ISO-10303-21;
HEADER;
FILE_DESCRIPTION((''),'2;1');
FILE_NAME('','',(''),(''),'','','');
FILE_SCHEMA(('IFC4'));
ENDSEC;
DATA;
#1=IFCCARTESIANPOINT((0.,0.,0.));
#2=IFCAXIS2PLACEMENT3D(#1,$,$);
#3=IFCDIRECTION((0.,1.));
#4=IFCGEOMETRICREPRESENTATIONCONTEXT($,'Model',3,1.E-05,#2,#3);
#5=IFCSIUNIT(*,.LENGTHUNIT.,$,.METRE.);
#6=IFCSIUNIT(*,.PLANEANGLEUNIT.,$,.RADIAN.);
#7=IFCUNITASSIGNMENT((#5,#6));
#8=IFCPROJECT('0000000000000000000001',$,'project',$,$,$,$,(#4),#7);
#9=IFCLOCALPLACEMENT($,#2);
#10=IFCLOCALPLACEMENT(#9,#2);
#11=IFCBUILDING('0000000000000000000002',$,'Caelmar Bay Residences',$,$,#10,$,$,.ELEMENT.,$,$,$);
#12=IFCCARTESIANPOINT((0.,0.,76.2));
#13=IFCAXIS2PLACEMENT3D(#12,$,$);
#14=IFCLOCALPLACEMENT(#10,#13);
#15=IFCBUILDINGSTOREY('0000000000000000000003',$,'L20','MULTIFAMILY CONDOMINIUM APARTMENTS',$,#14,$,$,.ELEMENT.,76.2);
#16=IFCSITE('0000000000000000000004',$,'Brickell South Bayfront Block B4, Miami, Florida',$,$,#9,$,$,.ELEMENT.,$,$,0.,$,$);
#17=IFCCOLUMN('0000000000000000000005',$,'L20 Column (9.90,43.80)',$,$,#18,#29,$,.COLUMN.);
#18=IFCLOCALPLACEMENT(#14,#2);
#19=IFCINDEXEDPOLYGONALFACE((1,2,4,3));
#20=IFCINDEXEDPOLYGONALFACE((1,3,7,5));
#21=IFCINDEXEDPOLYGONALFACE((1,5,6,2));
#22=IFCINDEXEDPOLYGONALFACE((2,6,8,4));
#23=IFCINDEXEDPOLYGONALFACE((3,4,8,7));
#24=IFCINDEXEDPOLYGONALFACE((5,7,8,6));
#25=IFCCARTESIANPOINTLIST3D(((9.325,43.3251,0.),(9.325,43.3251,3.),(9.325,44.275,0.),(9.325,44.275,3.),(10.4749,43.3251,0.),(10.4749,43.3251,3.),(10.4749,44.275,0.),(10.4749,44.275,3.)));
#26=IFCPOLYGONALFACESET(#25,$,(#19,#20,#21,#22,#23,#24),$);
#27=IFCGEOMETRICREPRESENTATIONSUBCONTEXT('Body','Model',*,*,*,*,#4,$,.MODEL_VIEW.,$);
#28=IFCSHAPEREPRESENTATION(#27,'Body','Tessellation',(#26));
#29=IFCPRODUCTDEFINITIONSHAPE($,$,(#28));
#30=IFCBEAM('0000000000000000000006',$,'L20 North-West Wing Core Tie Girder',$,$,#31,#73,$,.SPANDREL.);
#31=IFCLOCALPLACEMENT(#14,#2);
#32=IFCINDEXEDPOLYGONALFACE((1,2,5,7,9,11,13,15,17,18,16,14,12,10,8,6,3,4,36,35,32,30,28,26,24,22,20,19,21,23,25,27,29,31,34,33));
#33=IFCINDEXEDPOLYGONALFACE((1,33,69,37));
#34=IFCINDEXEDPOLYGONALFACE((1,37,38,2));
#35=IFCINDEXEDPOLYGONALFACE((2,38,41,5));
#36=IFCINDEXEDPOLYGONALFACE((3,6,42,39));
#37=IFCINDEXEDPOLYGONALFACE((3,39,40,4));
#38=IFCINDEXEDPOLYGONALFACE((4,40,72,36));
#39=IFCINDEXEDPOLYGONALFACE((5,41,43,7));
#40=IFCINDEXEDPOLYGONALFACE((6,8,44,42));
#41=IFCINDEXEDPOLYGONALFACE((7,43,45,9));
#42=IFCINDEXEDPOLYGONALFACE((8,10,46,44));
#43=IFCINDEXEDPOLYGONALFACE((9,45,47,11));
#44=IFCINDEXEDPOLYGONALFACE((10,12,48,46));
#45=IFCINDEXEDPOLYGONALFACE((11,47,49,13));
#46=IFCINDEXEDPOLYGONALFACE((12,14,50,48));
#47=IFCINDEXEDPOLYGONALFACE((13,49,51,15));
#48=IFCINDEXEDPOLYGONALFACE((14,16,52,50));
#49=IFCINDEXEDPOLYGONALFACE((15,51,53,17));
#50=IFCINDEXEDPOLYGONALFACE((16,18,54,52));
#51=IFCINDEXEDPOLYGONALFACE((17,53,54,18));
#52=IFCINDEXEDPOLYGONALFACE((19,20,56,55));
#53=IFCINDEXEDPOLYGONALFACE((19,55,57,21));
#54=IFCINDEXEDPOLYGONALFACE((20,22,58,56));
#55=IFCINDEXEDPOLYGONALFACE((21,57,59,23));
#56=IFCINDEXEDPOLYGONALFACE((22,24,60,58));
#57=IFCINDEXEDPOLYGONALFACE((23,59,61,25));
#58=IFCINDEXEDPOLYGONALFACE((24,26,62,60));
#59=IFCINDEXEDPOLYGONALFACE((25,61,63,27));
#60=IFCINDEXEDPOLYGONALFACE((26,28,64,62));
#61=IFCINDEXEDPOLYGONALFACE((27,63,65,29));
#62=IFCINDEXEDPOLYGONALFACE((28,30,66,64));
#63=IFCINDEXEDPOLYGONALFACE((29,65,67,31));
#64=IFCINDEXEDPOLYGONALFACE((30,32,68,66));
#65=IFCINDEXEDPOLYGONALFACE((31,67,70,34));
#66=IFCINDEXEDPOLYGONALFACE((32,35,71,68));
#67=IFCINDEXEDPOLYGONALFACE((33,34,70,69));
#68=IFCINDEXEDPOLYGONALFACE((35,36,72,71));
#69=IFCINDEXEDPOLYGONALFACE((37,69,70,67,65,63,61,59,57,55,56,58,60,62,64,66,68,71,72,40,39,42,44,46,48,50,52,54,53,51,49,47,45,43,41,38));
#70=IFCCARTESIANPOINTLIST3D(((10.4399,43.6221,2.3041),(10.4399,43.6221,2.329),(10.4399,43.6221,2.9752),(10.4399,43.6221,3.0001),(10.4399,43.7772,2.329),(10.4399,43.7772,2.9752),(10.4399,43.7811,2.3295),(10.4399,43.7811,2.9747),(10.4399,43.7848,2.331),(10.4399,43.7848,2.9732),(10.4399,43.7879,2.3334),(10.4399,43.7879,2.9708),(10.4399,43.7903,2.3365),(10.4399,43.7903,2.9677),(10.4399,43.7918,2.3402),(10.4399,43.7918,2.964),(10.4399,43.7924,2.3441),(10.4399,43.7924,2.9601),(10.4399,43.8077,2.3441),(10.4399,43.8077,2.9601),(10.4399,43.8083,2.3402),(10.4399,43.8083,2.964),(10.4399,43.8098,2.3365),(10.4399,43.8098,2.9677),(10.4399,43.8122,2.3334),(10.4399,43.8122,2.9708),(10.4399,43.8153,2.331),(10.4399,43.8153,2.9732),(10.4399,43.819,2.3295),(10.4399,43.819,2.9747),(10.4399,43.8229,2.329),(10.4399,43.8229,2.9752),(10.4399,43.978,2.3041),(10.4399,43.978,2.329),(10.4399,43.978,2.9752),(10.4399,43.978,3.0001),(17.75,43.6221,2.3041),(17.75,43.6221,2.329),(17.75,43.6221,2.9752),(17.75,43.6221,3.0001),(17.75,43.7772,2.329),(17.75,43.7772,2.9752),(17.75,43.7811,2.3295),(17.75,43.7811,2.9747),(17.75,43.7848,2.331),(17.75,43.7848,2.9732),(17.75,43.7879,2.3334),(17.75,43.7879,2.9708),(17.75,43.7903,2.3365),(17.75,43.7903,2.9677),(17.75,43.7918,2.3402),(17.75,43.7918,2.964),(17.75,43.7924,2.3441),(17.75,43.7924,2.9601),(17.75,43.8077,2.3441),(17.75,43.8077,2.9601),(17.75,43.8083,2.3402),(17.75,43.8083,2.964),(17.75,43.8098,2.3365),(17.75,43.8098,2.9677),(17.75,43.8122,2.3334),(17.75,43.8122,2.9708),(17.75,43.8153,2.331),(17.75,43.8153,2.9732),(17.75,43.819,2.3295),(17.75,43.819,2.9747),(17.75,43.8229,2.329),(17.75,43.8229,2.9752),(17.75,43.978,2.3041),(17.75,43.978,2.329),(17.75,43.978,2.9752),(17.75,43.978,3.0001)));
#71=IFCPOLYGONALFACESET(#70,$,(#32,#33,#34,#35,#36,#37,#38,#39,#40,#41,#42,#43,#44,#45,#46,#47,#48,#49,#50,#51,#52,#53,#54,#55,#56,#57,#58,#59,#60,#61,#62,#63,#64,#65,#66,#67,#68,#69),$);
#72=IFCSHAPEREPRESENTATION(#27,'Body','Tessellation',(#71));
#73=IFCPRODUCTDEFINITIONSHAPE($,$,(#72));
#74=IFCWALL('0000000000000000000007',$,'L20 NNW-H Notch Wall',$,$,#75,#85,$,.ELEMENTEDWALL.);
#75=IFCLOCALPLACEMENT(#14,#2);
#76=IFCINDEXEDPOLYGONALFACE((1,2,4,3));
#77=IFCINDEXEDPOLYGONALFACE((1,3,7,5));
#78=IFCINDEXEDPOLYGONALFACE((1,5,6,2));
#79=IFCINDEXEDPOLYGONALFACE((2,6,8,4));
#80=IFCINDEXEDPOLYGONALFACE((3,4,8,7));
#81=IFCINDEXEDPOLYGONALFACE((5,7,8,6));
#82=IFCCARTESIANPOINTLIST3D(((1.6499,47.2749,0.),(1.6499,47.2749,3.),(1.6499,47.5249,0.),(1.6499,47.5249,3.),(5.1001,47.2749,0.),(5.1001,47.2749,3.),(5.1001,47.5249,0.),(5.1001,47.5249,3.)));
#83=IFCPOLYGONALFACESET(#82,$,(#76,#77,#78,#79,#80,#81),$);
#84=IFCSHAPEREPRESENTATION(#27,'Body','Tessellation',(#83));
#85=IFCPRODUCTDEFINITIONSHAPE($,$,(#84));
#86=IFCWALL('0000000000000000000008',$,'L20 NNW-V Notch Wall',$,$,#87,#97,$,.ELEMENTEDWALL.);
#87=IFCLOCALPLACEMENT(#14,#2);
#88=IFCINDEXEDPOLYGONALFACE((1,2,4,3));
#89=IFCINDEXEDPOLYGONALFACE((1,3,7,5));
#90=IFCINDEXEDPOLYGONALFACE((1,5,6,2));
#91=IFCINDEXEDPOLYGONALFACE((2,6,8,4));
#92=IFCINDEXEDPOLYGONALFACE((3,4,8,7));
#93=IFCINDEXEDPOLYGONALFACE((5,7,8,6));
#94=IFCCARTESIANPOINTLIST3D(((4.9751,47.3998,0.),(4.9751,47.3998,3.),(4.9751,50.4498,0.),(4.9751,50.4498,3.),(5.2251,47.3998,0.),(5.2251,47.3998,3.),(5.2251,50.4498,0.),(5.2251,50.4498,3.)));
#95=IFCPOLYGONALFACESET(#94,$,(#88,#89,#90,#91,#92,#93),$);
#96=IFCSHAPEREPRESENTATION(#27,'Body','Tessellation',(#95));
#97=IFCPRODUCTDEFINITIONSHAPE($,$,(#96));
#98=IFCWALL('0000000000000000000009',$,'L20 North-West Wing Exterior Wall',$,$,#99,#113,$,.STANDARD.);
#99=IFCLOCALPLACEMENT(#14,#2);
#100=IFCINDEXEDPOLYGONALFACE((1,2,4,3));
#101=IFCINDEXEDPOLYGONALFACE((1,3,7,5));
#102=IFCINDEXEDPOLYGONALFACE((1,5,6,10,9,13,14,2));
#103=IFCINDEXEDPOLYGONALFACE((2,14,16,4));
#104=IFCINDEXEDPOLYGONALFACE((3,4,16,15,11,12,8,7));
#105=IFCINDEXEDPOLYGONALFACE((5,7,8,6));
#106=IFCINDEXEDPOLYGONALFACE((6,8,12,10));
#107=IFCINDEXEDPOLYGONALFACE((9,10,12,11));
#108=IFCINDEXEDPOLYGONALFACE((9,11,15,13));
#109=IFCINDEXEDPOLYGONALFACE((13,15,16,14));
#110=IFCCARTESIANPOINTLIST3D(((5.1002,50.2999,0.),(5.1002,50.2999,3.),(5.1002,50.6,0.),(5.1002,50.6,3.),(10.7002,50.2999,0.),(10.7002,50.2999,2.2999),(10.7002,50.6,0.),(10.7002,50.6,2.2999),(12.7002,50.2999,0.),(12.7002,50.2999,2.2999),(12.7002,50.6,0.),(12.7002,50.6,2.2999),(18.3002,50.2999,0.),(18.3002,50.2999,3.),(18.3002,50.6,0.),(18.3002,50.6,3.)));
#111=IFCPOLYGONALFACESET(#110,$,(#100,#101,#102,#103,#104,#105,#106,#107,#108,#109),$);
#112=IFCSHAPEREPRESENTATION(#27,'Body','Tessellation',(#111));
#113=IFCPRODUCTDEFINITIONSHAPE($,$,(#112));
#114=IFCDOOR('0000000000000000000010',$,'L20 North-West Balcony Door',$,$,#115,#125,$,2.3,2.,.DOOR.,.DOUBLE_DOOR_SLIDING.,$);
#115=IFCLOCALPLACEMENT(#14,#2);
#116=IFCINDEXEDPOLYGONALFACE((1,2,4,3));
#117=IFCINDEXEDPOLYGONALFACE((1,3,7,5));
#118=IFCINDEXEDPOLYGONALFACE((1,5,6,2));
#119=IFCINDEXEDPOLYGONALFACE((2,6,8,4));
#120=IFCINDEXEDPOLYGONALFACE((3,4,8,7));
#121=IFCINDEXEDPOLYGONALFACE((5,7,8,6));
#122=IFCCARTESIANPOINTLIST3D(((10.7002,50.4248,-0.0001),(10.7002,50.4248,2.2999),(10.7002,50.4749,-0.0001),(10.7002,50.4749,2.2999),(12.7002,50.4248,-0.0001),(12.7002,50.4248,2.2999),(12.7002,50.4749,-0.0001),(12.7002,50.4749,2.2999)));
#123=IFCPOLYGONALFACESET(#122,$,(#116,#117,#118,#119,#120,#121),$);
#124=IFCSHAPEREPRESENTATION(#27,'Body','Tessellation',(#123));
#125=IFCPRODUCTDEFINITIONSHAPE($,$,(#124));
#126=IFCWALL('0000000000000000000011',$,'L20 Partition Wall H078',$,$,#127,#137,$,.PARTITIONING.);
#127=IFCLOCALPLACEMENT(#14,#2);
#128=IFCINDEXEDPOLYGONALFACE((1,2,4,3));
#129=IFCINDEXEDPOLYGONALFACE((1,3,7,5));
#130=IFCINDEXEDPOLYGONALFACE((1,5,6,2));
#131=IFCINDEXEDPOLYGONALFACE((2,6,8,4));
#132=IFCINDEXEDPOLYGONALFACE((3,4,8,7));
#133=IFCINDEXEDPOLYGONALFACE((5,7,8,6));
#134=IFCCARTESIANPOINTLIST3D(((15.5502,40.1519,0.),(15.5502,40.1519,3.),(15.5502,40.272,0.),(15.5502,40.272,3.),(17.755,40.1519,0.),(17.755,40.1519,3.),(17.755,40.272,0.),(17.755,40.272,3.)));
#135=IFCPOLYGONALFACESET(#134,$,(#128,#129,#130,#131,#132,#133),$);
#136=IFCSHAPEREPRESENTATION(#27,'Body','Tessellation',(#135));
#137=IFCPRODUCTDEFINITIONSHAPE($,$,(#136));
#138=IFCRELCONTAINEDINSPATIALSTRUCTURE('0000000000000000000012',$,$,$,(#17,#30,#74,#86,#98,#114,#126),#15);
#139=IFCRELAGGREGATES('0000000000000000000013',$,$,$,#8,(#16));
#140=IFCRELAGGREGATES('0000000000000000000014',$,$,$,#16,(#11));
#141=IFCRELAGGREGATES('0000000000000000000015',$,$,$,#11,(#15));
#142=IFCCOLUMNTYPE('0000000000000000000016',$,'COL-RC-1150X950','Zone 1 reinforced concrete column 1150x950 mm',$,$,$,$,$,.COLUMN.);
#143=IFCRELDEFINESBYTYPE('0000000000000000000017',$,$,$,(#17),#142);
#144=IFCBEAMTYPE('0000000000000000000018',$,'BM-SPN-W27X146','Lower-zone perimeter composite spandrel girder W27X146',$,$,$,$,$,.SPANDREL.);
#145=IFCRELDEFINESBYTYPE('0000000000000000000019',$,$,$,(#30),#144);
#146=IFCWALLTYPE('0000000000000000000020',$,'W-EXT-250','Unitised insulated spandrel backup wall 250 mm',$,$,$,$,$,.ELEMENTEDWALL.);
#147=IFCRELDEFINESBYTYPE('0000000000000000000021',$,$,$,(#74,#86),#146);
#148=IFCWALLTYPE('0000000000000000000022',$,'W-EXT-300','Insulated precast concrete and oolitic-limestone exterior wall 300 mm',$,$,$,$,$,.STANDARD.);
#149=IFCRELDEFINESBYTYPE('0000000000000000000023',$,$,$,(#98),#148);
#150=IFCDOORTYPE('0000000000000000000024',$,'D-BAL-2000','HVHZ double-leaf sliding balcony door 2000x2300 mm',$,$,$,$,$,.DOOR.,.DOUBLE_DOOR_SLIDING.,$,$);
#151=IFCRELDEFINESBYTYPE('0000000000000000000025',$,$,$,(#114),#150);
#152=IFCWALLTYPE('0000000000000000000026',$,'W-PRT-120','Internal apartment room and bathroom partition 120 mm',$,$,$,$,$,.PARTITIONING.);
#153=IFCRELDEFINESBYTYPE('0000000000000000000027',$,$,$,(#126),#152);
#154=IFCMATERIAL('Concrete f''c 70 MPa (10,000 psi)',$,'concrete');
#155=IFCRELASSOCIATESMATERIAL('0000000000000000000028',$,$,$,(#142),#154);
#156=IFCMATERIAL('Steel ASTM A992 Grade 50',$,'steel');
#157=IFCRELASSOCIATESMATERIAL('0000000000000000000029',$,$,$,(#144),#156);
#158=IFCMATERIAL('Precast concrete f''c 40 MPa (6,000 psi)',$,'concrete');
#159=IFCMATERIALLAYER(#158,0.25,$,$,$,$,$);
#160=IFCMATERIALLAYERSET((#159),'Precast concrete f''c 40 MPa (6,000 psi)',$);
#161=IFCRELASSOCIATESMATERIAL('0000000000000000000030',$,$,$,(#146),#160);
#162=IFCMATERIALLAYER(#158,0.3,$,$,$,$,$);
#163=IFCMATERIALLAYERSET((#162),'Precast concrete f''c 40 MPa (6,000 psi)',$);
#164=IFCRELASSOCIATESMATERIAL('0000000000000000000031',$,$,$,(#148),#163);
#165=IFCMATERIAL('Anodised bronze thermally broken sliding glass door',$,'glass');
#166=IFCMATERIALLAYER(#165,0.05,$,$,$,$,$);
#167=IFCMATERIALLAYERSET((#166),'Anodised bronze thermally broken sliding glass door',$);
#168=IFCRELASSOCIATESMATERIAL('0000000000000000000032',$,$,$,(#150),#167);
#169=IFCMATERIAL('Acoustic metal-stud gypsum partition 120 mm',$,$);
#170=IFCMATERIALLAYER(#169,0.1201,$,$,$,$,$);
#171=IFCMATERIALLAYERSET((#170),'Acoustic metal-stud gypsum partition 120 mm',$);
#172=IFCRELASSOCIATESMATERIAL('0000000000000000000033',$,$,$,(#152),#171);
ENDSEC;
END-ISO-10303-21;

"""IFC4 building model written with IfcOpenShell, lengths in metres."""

from ifc_helpers import new_model, si_unit, direction, frame, frame_2d, origin, origin_2d, place, context, subcontext, project, spatial, rectangle, i_section, extrude, material, layer, layer_set, material_profile, profile_set, type_object, element, fill, save


model = new_model("IFC4")

# Units and contexts
model_context = context("Model", 3, precision=1e-05, world=origin(), true_north=direction((0.0, 1.0)))
body_context = subcontext(model_context, "Body", "Model", "MODEL_VIEW")
ifc_project = project(units=[si_unit("LENGTHUNIT", "METRE"), si_unit("PLANEANGLEUNIT", "RADIAN")], contexts=[model_context])

# Site, building, storey
site_placement = place(None, origin())
site = spatial("IfcSite", under=ifc_project, at=site_placement, Name="Brickell South Bayfront Block B4, Miami, Florida", CompositionType="ELEMENT", RefElevation=0.0)
building_placement = place(site_placement, origin())
building = spatial("IfcBuilding", under=site, at=building_placement, Name="Caelmar Bay Residences", CompositionType="ELEMENT")
storey_placement = place(building_placement, frame((0.0, 0.0, 76.2)))
storey = spatial("IfcBuildingStorey", under=building, at=storey_placement, Name="L20", Description="MULTIFAMILY CONDOMINIUM APARTMENTS", CompositionType="ELEMENT", Elevation=76.2)

# Column
ifc_material_1 = material(Name="Concrete f'c 70 MPa (10,000 psi)", Category="concrete")
ifc_material_profile_1 = material_profile(ifc_material_1, rectangle(XDim=1.1499, YDim=0.95, at=origin_2d()), Name="RC-COL-1150X950")
ifc_profile_set_1 = profile_set([ifc_material_profile_1], Name="Concrete f'c 70 MPa (10,000 psi)")
column_type = type_object("IfcColumnType", Name="COL-RC-1150X950", Description="Zone 1 reinforced concrete column 1150x950 mm", PredefinedType="COLUMN", material=ifc_profile_set_1)
column_placement = place(storey_placement, frame((9.8999, 43.8, 0.0), z_axis=(0.0, 0.0, 1.0), x_axis=(1.0, 0.0, 0.0)))
element("IfcColumn", 1, at=column_placement, inside=storey, type_object=column_type, Name="L20 Column (9.90,43.80)", PredefinedType="COLUMN", context=body_context, shape_type="SweptSolid", body=[
    extrude(rectangle(XDim=1.1499, YDim=0.95, at=origin_2d()), origin(), (0.0, 0.0, 1.0), 3.0),
])

# Beam
ifc_material_2 = material(Name="Steel ASTM A992 Grade 50", Category="steel")
ifc_material_profile_2 = material_profile(ifc_material_2, i_section(OverallWidth=0.356, OverallDepth=0.696, WebThickness=0.0154, FlangeThickness=0.0249, FilletRadius=0.0151, at=origin_2d()), Name="W27X146")
ifc_profile_set_2 = profile_set([ifc_material_profile_2], Name="Steel ASTM A992 Grade 50")
beam_type = type_object("IfcBeamType", Name="BM-SPN-W27X146", Description="Lower-zone perimeter composite spandrel girder W27X146", PredefinedType="SPANDREL", material=ifc_profile_set_2)
beam_placement = place(storey_placement, frame((10.4399, 43.8, 2.6521), z_axis=(1.0, 0.0, 0.0), x_axis=(0.0, 1.0, 0.0)))
element("IfcBeam", 2, at=beam_placement, inside=storey, type_object=beam_type, Name="L20 North-West Wing Core Tie Girder", PredefinedType="SPANDREL", context=body_context, shape_type="SweptSolid", body=[
    extrude(i_section(OverallWidth=0.356, OverallDepth=0.696, WebThickness=0.0154, FlangeThickness=0.0249, FilletRadius=0.0151, at=origin_2d()), origin(), (0.0, 0.0, 1.0), 7.3101),
])

# Walls
ifc_material_3 = material(Name="Precast concrete f'c 40 MPa (6,000 psi)", Category="concrete")
ifc_layer_1 = layer(ifc_material_3, 0.25)
ifc_layer_set_1 = layer_set([ifc_layer_1], Name="Precast concrete f'c 40 MPa (6,000 psi)")
wall_type_1 = type_object("IfcWallType", Name="W-EXT-250", Description="Unitised insulated spandrel backup wall 250 mm", PredefinedType="ELEMENTEDWALL", material=ifc_layer_set_1)
wall_1_placement = place(storey_placement, frame((1.6499, 47.3999, 0.0), z_axis=(0.0, 0.0, 1.0), x_axis=(1.0, 0.0, 0.0)))
element("IfcWall", 3, at=wall_1_placement, inside=storey, type_object=wall_type_1, Name="L20 NNW-H Notch Wall", PredefinedType="ELEMENTEDWALL", context=body_context, shape_type="SweptSolid", body=[
    extrude(rectangle(XDim=3.4502, YDim=0.25, at=frame_2d((1.7251, 0.0))), origin(), (0.0, 0.0, 1.0), 3.0),
])
wall_2_placement = place(storey_placement, frame((5.1001, 47.3999, 0.0), z_axis=(0.0, 0.0, 1.0), x_axis=(0.0, 1.0, 0.0)))
element("IfcWall", 4, at=wall_2_placement, inside=storey, type_object=wall_type_1, Name="L20 NNW-V Notch Wall", PredefinedType="ELEMENTEDWALL", context=body_context, shape_type="SweptSolid", body=[
    extrude(rectangle(XDim=3.05, YDim=0.25, at=frame_2d((1.5249, 0.0))), origin(), (0.0, 0.0, 1.0), 3.0),
])

# Wall, opening, door
ifc_layer_2 = layer(ifc_material_3, 0.3)
ifc_layer_set_2 = layer_set([ifc_layer_2], Name="Precast concrete f'c 40 MPa (6,000 psi)")
wall_type_2 = type_object("IfcWallType", Name="W-EXT-300", Description="Insulated precast concrete and oolitic-limestone exterior wall 300 mm", PredefinedType="STANDARD", material=ifc_layer_set_2)
wall_3_placement = place(storey_placement, frame((5.1001, 50.45, 0.0), z_axis=(0.0, 0.0, 1.0), x_axis=(1.0, 0.0, 0.0)))
wall_3 = element("IfcWall", 5, at=wall_3_placement, inside=storey, type_object=wall_type_2, Name="L20 North-West Wing Exterior Wall", PredefinedType="STANDARD", context=body_context, shape_type="SweptSolid", body=[
    extrude(rectangle(XDim=13.2, YDim=0.3, at=frame_2d((6.6001, 0.0))), origin(), (0.0, 0.0, 1.0), 3.0),
])
opening_1_placement = place(wall_3_placement, frame((5.6001, 0.0, 0.0)))
opening_1 = element("IfcOpeningElement", 6, at=opening_1_placement, cuts=wall_3, PredefinedType="OPENING", context=body_context, shape_type="SweptSolid", body=[
    extrude(rectangle(XDim=2.0, YDim=2.3, at=frame_2d((1.0, 1.1499))), frame((0.0, 0.1599, 0.0), z_axis=(0.0, -1.0, 0.0), x_axis=(1.0, 0.0, 0.0)), (0.0, 0.0, 1.0), 0.3201),
])
ifc_material_4 = material(Name="Anodised bronze thermally broken sliding glass door", Category="glass")
ifc_layer_3 = layer(ifc_material_4, 0.05)
ifc_layer_set_3 = layer_set([ifc_layer_3], Name="Anodised bronze thermally broken sliding glass door")
door_type_1 = type_object("IfcDoorType", Name="D-BAL-2000", Description="HVHZ double-leaf sliding balcony door 2000x2300 mm", OperationType="DOUBLE_DOOR_SLIDING", PredefinedType="DOOR", material=ifc_layer_set_3)
door_1_placement = place(opening_1_placement, origin())
door_1 = element("IfcDoor", 7, at=door_1_placement, inside=storey, type_object=door_type_1, Name="L20 North-West Balcony Door", OperationType="DOUBLE_DOOR_SLIDING", OverallHeight=2.3, OverallWidth=2.0, PredefinedType="DOOR", context=body_context, shape_type="SweptSolid", body=[
    extrude(rectangle(XDim=2.0, YDim=2.3, at=frame_2d((1.0, 1.1499))), frame((0.0, 0.0249, 0.0), z_axis=(0.0, -1.0, 0.0), x_axis=(1.0, 0.0, 0.0)), (0.0, 0.0, 1.0), 0.05),
])
fill(opening_1, door_1)

# Wall
ifc_material_5 = material(Name="Acoustic metal-stud gypsum partition 120 mm")
ifc_layer_4 = layer(ifc_material_5, 0.1201)
ifc_layer_set_4 = layer_set([ifc_layer_4], Name="Acoustic metal-stud gypsum partition 120 mm")
wall_type_3 = type_object("IfcWallType", Name="W-PRT-120", Description="Internal apartment room and bathroom partition 120 mm", PredefinedType="PARTITIONING", material=ifc_layer_set_4)
wall_4_placement = place(storey_placement, frame((15.55, 40.2119, 0.0), z_axis=(0.0, 0.0, 1.0), x_axis=(1.0, 0.0, 0.0)))
element("IfcWall", 8, at=wall_4_placement, inside=storey, type_object=wall_type_3, Name="L20 Partition Wall H078", PredefinedType="PARTITIONING", context=body_context, shape_type="SweptSolid", body=[
    extrude(rectangle(XDim=2.2048, YDim=0.1201, at=frame_2d((1.1025, 0.0))), origin(), (0.0, 0.0, 1.0), 3.0),
])

save(model, "model.ifc")
